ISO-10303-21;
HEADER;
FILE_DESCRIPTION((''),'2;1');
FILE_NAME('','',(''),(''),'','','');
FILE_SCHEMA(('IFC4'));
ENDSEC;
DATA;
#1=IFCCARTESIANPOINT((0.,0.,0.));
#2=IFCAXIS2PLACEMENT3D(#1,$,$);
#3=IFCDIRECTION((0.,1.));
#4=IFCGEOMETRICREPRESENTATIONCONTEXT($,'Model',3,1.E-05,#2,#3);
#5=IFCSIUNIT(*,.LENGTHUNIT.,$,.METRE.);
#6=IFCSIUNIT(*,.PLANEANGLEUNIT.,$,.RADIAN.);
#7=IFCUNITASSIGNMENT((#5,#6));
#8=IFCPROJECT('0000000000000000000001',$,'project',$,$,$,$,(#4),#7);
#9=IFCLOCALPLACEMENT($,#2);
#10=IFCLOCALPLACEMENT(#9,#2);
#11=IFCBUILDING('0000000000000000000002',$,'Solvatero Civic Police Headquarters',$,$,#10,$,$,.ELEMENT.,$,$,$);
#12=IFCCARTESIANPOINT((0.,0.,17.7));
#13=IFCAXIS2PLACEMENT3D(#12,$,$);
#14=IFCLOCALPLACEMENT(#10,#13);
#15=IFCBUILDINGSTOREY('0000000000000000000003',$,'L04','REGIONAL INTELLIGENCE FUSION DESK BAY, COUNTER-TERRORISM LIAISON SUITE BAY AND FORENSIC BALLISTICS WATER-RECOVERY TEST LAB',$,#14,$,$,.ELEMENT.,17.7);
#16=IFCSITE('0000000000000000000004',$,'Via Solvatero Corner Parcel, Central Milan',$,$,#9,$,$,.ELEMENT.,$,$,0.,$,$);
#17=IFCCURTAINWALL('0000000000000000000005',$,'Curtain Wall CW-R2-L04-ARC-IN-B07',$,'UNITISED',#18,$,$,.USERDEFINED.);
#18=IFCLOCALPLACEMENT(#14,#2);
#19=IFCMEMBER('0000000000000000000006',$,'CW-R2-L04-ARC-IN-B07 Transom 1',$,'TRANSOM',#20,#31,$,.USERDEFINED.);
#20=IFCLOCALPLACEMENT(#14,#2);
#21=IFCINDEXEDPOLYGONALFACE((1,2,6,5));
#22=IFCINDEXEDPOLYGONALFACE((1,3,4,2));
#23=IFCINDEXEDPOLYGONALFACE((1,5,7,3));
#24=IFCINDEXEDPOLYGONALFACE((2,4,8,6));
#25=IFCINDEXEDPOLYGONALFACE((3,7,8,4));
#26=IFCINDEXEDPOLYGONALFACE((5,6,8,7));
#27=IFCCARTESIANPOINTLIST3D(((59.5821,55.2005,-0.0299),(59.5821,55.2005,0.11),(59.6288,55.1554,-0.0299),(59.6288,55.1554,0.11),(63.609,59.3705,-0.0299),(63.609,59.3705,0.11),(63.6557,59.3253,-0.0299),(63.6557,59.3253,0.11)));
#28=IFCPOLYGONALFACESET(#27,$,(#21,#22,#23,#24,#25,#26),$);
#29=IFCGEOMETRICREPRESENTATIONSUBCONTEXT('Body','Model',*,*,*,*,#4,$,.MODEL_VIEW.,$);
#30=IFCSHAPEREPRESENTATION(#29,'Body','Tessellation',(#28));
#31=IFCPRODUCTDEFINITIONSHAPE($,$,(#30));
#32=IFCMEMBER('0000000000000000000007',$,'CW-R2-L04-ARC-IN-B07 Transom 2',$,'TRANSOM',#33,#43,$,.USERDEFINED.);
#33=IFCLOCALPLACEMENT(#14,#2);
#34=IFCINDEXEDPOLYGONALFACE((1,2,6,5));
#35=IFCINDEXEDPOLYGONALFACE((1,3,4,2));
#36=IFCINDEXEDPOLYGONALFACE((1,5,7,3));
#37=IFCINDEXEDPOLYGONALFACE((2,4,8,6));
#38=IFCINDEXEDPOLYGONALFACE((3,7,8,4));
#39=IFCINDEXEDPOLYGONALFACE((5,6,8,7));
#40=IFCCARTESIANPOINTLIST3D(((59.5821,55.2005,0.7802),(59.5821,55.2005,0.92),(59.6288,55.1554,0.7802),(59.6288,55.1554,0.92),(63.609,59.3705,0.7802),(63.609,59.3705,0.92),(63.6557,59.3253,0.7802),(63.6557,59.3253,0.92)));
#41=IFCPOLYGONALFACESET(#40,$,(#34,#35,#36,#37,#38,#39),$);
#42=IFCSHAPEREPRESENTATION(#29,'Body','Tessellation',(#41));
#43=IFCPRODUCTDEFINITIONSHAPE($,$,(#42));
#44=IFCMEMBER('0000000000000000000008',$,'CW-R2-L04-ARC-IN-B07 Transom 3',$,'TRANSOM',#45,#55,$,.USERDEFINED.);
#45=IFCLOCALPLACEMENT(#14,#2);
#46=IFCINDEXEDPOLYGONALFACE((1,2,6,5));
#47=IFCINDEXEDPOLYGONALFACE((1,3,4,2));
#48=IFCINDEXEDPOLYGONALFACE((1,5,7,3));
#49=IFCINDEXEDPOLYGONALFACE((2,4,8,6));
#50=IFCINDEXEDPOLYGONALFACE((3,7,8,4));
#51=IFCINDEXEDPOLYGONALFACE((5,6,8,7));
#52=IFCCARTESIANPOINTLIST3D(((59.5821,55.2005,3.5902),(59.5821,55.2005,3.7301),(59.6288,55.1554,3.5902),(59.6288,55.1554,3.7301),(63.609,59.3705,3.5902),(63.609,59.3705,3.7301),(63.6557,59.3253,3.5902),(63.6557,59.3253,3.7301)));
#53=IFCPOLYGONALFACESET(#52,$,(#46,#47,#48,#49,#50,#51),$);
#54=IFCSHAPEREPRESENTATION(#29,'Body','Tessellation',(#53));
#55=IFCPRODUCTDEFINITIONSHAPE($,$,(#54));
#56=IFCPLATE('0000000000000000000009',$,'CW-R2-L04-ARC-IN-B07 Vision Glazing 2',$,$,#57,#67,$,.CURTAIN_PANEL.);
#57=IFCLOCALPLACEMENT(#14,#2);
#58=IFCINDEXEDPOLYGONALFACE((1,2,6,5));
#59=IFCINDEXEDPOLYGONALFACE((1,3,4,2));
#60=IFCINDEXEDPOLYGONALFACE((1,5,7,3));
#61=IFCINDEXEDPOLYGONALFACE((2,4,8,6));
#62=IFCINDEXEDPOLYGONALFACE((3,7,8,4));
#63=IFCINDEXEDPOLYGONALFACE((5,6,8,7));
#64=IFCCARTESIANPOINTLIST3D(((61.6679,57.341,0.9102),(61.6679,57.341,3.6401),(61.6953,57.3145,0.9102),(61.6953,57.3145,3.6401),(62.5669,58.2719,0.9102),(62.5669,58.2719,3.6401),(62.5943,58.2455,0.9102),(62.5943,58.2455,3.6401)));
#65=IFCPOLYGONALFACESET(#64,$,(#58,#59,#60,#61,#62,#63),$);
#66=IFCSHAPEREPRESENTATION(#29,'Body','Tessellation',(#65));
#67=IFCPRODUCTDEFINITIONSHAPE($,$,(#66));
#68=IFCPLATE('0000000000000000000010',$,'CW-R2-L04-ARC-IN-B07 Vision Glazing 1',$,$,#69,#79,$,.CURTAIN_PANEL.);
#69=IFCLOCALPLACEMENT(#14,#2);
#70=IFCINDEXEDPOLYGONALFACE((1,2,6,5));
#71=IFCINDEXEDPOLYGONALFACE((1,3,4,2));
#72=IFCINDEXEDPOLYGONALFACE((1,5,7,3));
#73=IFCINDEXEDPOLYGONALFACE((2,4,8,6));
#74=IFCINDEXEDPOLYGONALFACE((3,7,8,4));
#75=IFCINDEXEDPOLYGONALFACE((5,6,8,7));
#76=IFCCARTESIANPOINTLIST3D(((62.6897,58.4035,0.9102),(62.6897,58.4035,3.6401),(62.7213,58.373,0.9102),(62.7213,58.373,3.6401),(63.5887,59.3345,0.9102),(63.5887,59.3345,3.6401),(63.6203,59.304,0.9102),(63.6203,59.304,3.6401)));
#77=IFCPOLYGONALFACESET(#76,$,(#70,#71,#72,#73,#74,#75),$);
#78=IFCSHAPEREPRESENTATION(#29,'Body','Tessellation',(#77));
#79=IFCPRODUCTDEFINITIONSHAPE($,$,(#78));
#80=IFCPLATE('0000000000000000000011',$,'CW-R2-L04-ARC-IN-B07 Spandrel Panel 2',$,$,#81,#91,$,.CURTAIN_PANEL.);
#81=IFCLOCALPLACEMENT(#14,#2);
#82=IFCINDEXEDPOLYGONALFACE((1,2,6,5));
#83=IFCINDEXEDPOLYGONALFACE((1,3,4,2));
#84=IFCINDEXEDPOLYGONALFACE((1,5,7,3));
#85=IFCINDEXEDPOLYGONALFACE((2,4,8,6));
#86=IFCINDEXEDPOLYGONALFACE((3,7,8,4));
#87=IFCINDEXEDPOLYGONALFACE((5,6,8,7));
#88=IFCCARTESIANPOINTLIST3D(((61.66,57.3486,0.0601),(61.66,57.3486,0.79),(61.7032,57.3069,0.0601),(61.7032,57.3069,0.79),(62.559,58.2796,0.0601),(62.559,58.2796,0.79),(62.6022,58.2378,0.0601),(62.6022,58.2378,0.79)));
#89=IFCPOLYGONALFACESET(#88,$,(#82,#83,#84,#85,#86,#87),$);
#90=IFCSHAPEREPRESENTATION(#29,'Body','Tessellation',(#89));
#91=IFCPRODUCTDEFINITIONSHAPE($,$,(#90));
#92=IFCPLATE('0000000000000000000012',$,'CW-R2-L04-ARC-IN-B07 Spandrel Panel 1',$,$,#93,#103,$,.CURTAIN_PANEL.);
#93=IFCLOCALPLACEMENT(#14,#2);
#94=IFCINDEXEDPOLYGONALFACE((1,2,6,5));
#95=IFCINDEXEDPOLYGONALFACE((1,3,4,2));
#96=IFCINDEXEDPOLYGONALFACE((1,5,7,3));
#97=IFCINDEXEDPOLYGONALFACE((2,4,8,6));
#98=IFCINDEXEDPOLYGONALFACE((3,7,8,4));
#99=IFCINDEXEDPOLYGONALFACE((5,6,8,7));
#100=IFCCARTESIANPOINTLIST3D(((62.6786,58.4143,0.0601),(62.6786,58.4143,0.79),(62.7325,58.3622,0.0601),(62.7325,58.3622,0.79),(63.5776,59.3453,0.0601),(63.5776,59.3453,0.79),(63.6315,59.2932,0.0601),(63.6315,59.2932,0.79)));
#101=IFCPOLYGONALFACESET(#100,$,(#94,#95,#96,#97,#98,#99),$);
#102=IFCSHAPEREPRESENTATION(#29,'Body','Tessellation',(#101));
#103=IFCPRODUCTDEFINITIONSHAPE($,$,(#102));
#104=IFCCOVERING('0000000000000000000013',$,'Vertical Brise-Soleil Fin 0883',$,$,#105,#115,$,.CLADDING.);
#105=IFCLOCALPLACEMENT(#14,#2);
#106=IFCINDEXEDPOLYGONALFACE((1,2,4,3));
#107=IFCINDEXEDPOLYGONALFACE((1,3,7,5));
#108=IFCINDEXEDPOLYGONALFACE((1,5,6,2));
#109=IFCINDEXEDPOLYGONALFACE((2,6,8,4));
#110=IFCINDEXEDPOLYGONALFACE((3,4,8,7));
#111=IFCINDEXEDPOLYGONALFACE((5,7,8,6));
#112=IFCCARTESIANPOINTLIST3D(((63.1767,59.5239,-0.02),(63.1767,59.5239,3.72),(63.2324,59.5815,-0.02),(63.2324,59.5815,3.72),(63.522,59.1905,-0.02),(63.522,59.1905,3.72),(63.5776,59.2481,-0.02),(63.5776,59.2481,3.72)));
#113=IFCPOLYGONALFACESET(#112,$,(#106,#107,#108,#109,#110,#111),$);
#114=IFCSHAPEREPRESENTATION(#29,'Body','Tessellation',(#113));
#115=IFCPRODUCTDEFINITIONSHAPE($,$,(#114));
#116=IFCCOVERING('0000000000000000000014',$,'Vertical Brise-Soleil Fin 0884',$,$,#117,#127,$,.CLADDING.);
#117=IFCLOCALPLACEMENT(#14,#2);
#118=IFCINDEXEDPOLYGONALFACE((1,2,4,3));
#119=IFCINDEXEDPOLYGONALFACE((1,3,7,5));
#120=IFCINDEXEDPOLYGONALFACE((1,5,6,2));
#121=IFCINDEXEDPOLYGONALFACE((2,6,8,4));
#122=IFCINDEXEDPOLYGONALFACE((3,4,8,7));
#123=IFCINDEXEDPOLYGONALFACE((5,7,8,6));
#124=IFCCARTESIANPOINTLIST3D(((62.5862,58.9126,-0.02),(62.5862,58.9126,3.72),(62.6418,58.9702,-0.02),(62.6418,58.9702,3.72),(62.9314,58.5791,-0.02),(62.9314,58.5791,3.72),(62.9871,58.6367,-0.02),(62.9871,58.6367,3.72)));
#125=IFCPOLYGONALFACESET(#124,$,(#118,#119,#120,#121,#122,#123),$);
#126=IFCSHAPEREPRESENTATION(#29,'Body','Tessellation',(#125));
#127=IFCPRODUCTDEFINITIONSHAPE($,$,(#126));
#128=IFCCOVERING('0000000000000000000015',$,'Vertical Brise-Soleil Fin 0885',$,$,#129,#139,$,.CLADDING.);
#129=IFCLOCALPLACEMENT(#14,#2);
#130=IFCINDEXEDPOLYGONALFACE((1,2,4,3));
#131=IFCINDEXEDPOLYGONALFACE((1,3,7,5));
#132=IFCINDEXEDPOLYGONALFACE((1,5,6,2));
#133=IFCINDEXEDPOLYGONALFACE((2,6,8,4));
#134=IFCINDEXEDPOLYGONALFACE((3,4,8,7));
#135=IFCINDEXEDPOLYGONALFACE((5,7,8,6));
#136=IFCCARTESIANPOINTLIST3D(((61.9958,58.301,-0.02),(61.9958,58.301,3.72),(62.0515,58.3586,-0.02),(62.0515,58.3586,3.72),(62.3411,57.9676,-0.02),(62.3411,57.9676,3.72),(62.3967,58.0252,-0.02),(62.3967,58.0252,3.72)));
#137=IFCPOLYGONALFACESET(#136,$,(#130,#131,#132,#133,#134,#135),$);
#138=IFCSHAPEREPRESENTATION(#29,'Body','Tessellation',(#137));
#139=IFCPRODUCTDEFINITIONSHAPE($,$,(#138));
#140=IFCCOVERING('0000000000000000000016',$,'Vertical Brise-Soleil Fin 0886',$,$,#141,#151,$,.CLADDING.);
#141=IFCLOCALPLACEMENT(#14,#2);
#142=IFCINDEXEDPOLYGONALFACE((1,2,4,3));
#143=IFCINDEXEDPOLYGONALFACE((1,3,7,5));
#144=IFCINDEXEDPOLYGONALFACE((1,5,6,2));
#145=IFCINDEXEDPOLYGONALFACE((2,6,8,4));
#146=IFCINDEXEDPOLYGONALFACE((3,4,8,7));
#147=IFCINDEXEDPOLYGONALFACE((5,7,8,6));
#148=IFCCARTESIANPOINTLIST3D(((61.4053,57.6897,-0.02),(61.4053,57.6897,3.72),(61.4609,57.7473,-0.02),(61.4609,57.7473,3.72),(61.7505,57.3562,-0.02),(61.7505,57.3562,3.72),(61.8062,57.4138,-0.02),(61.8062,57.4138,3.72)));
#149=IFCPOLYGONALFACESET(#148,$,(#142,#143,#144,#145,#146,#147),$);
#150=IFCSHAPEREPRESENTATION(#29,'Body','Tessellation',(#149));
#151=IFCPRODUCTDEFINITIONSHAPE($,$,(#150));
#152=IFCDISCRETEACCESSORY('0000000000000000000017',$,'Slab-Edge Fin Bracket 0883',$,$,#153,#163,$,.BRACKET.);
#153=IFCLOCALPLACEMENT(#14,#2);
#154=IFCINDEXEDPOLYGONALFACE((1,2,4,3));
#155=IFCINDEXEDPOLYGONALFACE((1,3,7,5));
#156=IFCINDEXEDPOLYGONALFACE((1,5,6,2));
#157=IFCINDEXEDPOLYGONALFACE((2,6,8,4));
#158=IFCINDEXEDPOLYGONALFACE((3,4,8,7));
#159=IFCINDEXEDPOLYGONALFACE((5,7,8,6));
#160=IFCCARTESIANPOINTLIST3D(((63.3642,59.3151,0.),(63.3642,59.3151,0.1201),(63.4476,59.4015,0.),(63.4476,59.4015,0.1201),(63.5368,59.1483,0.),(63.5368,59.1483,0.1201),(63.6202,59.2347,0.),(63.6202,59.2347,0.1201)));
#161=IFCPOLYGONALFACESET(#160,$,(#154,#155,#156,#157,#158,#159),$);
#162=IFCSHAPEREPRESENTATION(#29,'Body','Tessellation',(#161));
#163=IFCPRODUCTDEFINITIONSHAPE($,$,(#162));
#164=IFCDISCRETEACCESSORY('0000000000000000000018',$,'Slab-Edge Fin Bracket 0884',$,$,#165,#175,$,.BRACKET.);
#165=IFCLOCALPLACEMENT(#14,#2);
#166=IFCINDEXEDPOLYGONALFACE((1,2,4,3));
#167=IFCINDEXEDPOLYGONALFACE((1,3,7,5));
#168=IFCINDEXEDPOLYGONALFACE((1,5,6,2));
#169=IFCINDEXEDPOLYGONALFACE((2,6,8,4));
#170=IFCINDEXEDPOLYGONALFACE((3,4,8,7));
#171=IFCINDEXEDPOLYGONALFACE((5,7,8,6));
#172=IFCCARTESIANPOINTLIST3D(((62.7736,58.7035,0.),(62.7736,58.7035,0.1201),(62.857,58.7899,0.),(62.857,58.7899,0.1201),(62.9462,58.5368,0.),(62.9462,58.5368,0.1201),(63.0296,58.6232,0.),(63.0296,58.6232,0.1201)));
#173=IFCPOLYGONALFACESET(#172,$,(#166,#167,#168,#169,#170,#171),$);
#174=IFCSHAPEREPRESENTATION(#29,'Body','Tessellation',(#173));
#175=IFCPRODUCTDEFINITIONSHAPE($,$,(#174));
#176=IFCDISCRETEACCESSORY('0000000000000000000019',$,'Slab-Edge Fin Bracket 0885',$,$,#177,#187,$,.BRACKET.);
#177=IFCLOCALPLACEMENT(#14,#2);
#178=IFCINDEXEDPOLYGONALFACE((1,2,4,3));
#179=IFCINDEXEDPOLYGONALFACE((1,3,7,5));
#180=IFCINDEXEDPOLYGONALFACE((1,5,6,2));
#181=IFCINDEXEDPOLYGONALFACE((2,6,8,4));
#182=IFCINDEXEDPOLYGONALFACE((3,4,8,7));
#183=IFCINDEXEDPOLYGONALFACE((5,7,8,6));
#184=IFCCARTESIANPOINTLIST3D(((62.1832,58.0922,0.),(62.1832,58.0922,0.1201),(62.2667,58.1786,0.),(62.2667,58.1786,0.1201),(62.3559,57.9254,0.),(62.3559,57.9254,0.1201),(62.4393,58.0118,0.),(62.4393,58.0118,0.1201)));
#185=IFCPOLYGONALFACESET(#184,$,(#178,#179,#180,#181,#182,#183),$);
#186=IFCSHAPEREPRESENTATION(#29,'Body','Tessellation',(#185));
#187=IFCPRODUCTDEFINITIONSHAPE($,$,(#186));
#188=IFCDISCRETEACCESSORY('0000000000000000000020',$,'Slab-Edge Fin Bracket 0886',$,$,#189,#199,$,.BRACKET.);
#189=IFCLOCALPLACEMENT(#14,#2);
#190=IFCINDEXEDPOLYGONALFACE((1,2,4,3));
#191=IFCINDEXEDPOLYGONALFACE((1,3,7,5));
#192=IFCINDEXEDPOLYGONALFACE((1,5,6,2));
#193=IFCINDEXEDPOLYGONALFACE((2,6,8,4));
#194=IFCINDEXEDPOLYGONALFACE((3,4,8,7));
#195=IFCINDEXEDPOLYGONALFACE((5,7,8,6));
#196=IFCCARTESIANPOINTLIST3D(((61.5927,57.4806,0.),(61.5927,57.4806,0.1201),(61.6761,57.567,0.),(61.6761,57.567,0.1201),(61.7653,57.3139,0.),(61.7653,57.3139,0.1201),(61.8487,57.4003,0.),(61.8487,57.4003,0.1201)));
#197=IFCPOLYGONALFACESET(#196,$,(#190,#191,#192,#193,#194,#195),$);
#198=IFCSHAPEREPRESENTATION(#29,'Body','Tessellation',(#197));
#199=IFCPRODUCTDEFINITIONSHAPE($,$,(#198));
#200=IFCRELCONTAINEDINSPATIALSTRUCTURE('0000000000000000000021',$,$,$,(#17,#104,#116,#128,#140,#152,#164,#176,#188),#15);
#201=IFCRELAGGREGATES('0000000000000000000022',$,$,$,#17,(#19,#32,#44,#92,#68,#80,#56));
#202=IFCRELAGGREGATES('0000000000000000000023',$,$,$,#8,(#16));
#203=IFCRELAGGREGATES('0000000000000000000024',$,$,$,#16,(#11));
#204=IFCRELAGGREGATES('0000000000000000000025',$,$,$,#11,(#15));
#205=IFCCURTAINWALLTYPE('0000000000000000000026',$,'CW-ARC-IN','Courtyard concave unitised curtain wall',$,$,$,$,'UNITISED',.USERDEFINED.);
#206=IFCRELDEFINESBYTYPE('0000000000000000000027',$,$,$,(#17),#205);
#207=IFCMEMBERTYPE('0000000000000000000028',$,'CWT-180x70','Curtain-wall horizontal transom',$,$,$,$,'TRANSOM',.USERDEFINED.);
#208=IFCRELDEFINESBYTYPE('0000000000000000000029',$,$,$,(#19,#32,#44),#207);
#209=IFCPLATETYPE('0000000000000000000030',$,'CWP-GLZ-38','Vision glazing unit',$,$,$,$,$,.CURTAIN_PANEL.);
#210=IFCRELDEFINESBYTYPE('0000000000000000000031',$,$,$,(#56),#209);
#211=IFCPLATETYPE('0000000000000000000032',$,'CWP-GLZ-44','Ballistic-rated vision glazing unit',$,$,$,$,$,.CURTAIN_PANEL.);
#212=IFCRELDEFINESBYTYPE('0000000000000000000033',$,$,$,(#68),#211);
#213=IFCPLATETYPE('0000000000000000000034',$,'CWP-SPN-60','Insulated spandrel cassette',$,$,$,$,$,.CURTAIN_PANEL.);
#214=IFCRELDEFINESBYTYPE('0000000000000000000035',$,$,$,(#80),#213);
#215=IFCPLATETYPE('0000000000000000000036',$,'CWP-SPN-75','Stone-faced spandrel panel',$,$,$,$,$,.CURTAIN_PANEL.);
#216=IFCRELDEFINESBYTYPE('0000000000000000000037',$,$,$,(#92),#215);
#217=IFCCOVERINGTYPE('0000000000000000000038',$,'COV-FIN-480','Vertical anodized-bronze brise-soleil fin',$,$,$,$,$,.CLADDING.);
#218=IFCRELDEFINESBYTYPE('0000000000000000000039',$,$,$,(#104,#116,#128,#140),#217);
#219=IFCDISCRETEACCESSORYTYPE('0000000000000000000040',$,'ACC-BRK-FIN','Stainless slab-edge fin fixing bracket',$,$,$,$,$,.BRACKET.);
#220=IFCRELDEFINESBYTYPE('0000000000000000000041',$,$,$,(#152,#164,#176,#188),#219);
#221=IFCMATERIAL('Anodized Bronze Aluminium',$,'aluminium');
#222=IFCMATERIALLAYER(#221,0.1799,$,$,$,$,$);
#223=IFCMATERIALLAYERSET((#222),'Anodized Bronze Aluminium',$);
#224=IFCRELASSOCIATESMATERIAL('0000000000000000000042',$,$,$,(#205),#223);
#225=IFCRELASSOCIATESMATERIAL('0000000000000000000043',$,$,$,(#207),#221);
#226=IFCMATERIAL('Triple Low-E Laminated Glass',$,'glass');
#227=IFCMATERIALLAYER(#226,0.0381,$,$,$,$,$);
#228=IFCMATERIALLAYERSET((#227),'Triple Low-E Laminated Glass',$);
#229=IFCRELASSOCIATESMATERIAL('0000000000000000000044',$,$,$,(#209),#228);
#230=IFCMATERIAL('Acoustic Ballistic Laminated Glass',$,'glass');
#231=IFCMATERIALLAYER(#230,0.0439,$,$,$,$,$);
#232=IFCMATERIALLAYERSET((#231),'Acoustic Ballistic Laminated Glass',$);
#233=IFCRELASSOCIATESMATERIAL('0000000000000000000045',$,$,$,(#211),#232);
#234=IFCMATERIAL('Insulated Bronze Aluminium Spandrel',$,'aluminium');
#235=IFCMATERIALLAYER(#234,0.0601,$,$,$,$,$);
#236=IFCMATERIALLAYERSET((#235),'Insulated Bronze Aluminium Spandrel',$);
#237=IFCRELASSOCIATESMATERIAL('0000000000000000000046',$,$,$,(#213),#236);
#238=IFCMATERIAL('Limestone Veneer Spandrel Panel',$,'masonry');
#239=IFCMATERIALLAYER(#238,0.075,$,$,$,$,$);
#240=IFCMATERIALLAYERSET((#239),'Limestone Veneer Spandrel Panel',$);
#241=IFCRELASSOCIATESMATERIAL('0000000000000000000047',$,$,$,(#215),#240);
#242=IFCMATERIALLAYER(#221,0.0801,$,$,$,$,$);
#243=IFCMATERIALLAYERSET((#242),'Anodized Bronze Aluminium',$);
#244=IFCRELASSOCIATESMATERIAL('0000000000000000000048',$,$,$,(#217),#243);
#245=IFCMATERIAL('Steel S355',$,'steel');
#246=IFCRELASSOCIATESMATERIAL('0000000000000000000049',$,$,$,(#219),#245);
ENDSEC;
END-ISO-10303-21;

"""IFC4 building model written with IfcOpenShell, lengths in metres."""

from ifc_helpers import new_model, si_unit, direction, frame, origin, origin_2d, place, context, subcontext, project, spatial, rectangle, extrude, material, layer, layer_set, material_profile, profile_set, type_object, element, aggregate, save


model = new_model("IFC4")

# Units and contexts
model_context = context("Model", 3, precision=1e-05, world=origin(), true_north=direction((0.0, 1.0)))
body_context = subcontext(model_context, "Body", "Model", "MODEL_VIEW")
ifc_project = project(units=[si_unit("LENGTHUNIT", "METRE"), si_unit("PLANEANGLEUNIT", "RADIAN")], contexts=[model_context])

# Site, building, storey
site_placement = place(None, origin())
site = spatial("IfcSite", under=ifc_project, at=site_placement, Name="Via Solvatero Corner Parcel, Central Milan", CompositionType="ELEMENT", RefElevation=0.0)
building_placement = place(site_placement, origin())
building = spatial("IfcBuilding", under=site, at=building_placement, Name="Solvatero Civic Police Headquarters", CompositionType="ELEMENT")
storey_placement = place(building_placement, frame((0.0, 0.0, 17.7)))
storey = spatial("IfcBuildingStorey", under=building, at=storey_placement, Name="L04", Description="REGIONAL INTELLIGENCE FUSION DESK BAY, COUNTER-TERRORISM LIAISON SUITE BAY AND FORENSIC BALLISTICS WATER-RECOVERY TEST LAB", CompositionType="ELEMENT", Elevation=17.7)

# Shared definitions
ifc_material_1 = material(Name="Steel S355", Category="steel")

# Curtain wall, members, plates
ifc_material_2 = material(Name="Anodized Bronze Aluminium", Category="aluminium")
ifc_layer_1 = layer(ifc_material_2, 0.1799)
ifc_layer_set_1 = layer_set([ifc_layer_1], Name="Anodized Bronze Aluminium")
curtain_wall_type = type_object("IfcCurtainWallType", Name="CW-ARC-IN", Description="Courtyard concave unitised curtain wall", ElementType="UNITISED", PredefinedType="USERDEFINED", material=ifc_layer_set_1)
curtain_wall_placement = place(storey_placement, origin())
curtain_wall = element("IfcCurtainWall", 1, at=curtain_wall_placement, inside=storey, type_object=curtain_wall_type, Name="Curtain Wall CW-R2-L04-ARC-IN-B07", ObjectType="UNITISED", PredefinedType="USERDEFINED")
ifc_material_profile_1 = material_profile(ifc_material_2, rectangle(XDim=0.0649, YDim=0.1399, at=origin_2d()), Name="ALU TRANSOM 65x140")
ifc_profile_set_1 = profile_set([ifc_material_profile_1], Name="Anodized Bronze Aluminium")
member_type_1 = type_object("IfcMemberType", Name="CWT-180x70", Description="Curtain-wall horizontal transom", ElementType="TRANSOM", PredefinedType="USERDEFINED", material=ifc_profile_set_1)
member_1_placement = place(storey_placement, frame((63.6323, 59.3479, 0.04), z_axis=(-0.694659, -0.719339, 0.0), x_axis=(0.719339, -0.694659, 0.0)))
member_1 = element("IfcMember", 2, at=member_1_placement, type_object=member_type_1, Name="CW-R2-L04-ARC-IN-B07 Transom 1", ObjectType="TRANSOM", PredefinedType="USERDEFINED", context=body_context, shape_type="SweptSolid", body=[
    extrude(rectangle(XDim=0.0649, YDim=0.1399, at=origin_2d()), origin(), (0.0, 0.0, 1.0), 5.7969),
])
member_2_placement = place(storey_placement, frame((63.6323, 59.3479, 0.8501), z_axis=(-0.694659, -0.719339, 0.0), x_axis=(0.719339, -0.694659, 0.0)))
member_2 = element("IfcMember", 3, at=member_2_placement, type_object=member_type_1, Name="CW-R2-L04-ARC-IN-B07 Transom 2", ObjectType="TRANSOM", PredefinedType="USERDEFINED", context=body_context, shape_type="SweptSolid", body=[
    extrude(rectangle(XDim=0.0649, YDim=0.1399, at=origin_2d()), origin(), (0.0, 0.0, 1.0), 5.7969),
])
member_3_placement = place(storey_placement, frame((63.6323, 59.3479, 3.6602), z_axis=(-0.694659, -0.719339, 0.0), x_axis=(0.719339, -0.694659, 0.0)))
member_3 = element("IfcMember", 4, at=member_3_placement, type_object=member_type_1, Name="CW-R2-L04-ARC-IN-B07 Transom 3", ObjectType="TRANSOM", PredefinedType="USERDEFINED", context=body_context, shape_type="SweptSolid", body=[
    extrude(rectangle(XDim=0.0649, YDim=0.1399, at=origin_2d()), origin(), (0.0, 0.0, 1.0), 5.7969),
])
ifc_material_3 = material(Name="Triple Low-E Laminated Glass", Category="glass")
ifc_layer_2 = layer(ifc_material_3, 0.0381)
ifc_layer_set_2 = layer_set([ifc_layer_2], Name="Triple Low-E Laminated Glass")
plate_type_1 = type_object("IfcPlateType", Name="CWP-GLZ-38", Description="Vision glazing unit", PredefinedType="CURTAIN_PANEL", material=ifc_layer_set_2)
plate_1_placement = place(storey_placement, frame((62.1311, 57.7932, 0.9102), z_axis=(0.0, 0.0, 1.0), x_axis=(-0.694658, -0.71934, 0.0)))
plate_1 = element("IfcPlate", 5, at=plate_1_placement, type_object=plate_type_1, Name="CW-R2-L04-ARC-IN-B07 Vision Glazing 2", PredefinedType="CURTAIN_PANEL", context=body_context, shape_type="SweptSolid", body=[
    extrude(rectangle(XDim=1.2942, YDim=0.0381, at=origin_2d()), origin(), (0.0, 0.0, 1.0), 2.73),
])
ifc_material_4 = material(Name="Acoustic Ballistic Laminated Glass", Category="glass")
ifc_layer_3 = layer(ifc_material_4, 0.0439)
ifc_layer_set_3 = layer_set([ifc_layer_3], Name="Acoustic Ballistic Laminated Glass")
plate_type_2 = type_object("IfcPlateType", Name="CWP-GLZ-44", Description="Ballistic-rated vision glazing unit", PredefinedType="CURTAIN_PANEL", material=ifc_layer_set_3)
plate_2_placement = place(storey_placement, frame((63.155, 58.8538, 0.9102), z_axis=(0.0, 0.0, 1.0), x_axis=(-0.694658, -0.71934, 0.0)))
plate_2 = element("IfcPlate", 6, at=plate_2_placement, type_object=plate_type_2, Name="CW-R2-L04-ARC-IN-B07 Vision Glazing 1", PredefinedType="CURTAIN_PANEL", context=body_context, shape_type="SweptSolid", body=[
    extrude(rectangle(XDim=1.2942, YDim=0.0439, at=origin_2d()), origin(), (0.0, 0.0, 1.0), 2.73),
])
ifc_material_5 = material(Name="Insulated Bronze Aluminium Spandrel", Category="aluminium")
ifc_layer_4 = layer(ifc_material_5, 0.0601)
ifc_layer_set_4 = layer_set([ifc_layer_4], Name="Insulated Bronze Aluminium Spandrel")
plate_type_3 = type_object("IfcPlateType", Name="CWP-SPN-60", Description="Insulated spandrel cassette", PredefinedType="CURTAIN_PANEL", material=ifc_layer_set_4)
plate_3_placement = place(storey_placement, frame((62.1311, 57.7932, 0.0601), z_axis=(0.0, 0.0, 1.0), x_axis=(-0.694658, -0.71934, 0.0)))
plate_3 = element("IfcPlate", 7, at=plate_3_placement, type_object=plate_type_3, Name="CW-R2-L04-ARC-IN-B07 Spandrel Panel 2", PredefinedType="CURTAIN_PANEL", context=body_context, shape_type="SweptSolid", body=[
    extrude(rectangle(XDim=1.2942, YDim=0.0601, at=origin_2d()), origin(), (0.0, 0.0, 1.0), 0.73),
])
ifc_material_6 = material(Name="Limestone Veneer Spandrel Panel", Category="masonry")
ifc_layer_5 = layer(ifc_material_6, 0.075)
ifc_layer_set_5 = layer_set([ifc_layer_5], Name="Limestone Veneer Spandrel Panel")
plate_type_4 = type_object("IfcPlateType", Name="CWP-SPN-75", Description="Stone-faced spandrel panel", PredefinedType="CURTAIN_PANEL", material=ifc_layer_set_5)
plate_4_placement = place(storey_placement, frame((63.155, 58.8538, 0.0601), z_axis=(0.0, 0.0, 1.0), x_axis=(-0.694658, -0.71934, 0.0)))
plate_4 = element("IfcPlate", 8, at=plate_4_placement, type_object=plate_type_4, Name="CW-R2-L04-ARC-IN-B07 Spandrel Panel 1", PredefinedType="CURTAIN_PANEL", context=body_context, shape_type="SweptSolid", body=[
    extrude(rectangle(XDim=1.2942, YDim=0.075, at=origin_2d()), origin(), (0.0, 0.0, 1.0), 0.73),
])
aggregate(curtain_wall, [member_1, member_2, member_3, plate_4, plate_2, plate_3, plate_1])

# Coverings
ifc_layer_6 = layer(ifc_material_2, 0.0801)
ifc_layer_set_6 = layer_set([ifc_layer_6], Name="Anodized Bronze Aluminium")
covering_type = type_object("IfcCoveringType", Name="COV-FIN-480", Description="Vertical anodized-bronze brise-soleil fin", PredefinedType="CLADDING", material=ifc_layer_set_6)
for number, where, z_axis, x_axis, name in (
    (9, (63.3772, 59.386, -0.02), (0.0, 0.0, 1.0), (-0.694658, -0.71934, 0.0), "Vertical Brise-Soleil Fin 0883"),
    (10, (62.7866, 58.7747, -0.02), (0.0, 0.0, 1.0), (-0.694658, -0.71934, 0.0), "Vertical Brise-Soleil Fin 0884"),
    (11, (62.1963, 58.1631, -0.02), (0.0, 0.0, 1.0), (-0.694658, -0.71934, 0.0), "Vertical Brise-Soleil Fin 0885"),
    (12, (61.6057, 57.5518, -0.02), (0.0, 0.0, 1.0), (-0.694658, -0.71934, 0.0), "Vertical Brise-Soleil Fin 0886"),
):
    element("IfcCovering", number, at=place(storey_placement, frame(where, z_axis=z_axis, x_axis=x_axis)), inside=storey, type_object=covering_type, Name=name, PredefinedType="CLADDING", context=body_context, shape_type="SweptSolid", body=[
        extrude(rectangle(XDim=0.0801, YDim=0.48, at=origin_2d()), origin(), (0.0, 0.0, 1.0), 3.74),
    ])

# Discrete accessories
discrete_accessory_type = type_object("IfcDiscreteAccessoryType", Name="ACC-BRK-FIN", Description="Stainless slab-edge fin fixing bracket", PredefinedType="BRACKET", material=ifc_material_1)
for number, where, z_axis, x_axis, name in (
    (13, (63.4922, 59.2749, 0.0), (0.0, 0.0, 1.0), (-0.694658, -0.71934, 0.0), "Slab-Edge Fin Bracket 0883"),
    (14, (62.9016, 58.6633, 0.0), (0.0, 0.0, 1.0), (-0.694658, -0.71934, 0.0), "Slab-Edge Fin Bracket 0884"),
    (15, (62.3113, 58.052, 0.0), (0.0, 0.0, 1.0), (-0.694658, -0.71934, 0.0), "Slab-Edge Fin Bracket 0885"),
    (16, (61.7207, 57.4404, 0.0), (0.0, 0.0, 1.0), (-0.694658, -0.71934, 0.0), "Slab-Edge Fin Bracket 0886"),
):
    element("IfcDiscreteAccessory", number, at=place(storey_placement, frame(where, z_axis=z_axis, x_axis=x_axis)), inside=storey, type_object=discrete_accessory_type, Name=name, PredefinedType="BRACKET", context=body_context, shape_type="SweptSolid", body=[
        extrude(rectangle(XDim=0.1201, YDim=0.24, at=origin_2d()), origin(), (0.0, 0.0, 1.0), 0.1201),
    ])

save(model, "model.ifc")
